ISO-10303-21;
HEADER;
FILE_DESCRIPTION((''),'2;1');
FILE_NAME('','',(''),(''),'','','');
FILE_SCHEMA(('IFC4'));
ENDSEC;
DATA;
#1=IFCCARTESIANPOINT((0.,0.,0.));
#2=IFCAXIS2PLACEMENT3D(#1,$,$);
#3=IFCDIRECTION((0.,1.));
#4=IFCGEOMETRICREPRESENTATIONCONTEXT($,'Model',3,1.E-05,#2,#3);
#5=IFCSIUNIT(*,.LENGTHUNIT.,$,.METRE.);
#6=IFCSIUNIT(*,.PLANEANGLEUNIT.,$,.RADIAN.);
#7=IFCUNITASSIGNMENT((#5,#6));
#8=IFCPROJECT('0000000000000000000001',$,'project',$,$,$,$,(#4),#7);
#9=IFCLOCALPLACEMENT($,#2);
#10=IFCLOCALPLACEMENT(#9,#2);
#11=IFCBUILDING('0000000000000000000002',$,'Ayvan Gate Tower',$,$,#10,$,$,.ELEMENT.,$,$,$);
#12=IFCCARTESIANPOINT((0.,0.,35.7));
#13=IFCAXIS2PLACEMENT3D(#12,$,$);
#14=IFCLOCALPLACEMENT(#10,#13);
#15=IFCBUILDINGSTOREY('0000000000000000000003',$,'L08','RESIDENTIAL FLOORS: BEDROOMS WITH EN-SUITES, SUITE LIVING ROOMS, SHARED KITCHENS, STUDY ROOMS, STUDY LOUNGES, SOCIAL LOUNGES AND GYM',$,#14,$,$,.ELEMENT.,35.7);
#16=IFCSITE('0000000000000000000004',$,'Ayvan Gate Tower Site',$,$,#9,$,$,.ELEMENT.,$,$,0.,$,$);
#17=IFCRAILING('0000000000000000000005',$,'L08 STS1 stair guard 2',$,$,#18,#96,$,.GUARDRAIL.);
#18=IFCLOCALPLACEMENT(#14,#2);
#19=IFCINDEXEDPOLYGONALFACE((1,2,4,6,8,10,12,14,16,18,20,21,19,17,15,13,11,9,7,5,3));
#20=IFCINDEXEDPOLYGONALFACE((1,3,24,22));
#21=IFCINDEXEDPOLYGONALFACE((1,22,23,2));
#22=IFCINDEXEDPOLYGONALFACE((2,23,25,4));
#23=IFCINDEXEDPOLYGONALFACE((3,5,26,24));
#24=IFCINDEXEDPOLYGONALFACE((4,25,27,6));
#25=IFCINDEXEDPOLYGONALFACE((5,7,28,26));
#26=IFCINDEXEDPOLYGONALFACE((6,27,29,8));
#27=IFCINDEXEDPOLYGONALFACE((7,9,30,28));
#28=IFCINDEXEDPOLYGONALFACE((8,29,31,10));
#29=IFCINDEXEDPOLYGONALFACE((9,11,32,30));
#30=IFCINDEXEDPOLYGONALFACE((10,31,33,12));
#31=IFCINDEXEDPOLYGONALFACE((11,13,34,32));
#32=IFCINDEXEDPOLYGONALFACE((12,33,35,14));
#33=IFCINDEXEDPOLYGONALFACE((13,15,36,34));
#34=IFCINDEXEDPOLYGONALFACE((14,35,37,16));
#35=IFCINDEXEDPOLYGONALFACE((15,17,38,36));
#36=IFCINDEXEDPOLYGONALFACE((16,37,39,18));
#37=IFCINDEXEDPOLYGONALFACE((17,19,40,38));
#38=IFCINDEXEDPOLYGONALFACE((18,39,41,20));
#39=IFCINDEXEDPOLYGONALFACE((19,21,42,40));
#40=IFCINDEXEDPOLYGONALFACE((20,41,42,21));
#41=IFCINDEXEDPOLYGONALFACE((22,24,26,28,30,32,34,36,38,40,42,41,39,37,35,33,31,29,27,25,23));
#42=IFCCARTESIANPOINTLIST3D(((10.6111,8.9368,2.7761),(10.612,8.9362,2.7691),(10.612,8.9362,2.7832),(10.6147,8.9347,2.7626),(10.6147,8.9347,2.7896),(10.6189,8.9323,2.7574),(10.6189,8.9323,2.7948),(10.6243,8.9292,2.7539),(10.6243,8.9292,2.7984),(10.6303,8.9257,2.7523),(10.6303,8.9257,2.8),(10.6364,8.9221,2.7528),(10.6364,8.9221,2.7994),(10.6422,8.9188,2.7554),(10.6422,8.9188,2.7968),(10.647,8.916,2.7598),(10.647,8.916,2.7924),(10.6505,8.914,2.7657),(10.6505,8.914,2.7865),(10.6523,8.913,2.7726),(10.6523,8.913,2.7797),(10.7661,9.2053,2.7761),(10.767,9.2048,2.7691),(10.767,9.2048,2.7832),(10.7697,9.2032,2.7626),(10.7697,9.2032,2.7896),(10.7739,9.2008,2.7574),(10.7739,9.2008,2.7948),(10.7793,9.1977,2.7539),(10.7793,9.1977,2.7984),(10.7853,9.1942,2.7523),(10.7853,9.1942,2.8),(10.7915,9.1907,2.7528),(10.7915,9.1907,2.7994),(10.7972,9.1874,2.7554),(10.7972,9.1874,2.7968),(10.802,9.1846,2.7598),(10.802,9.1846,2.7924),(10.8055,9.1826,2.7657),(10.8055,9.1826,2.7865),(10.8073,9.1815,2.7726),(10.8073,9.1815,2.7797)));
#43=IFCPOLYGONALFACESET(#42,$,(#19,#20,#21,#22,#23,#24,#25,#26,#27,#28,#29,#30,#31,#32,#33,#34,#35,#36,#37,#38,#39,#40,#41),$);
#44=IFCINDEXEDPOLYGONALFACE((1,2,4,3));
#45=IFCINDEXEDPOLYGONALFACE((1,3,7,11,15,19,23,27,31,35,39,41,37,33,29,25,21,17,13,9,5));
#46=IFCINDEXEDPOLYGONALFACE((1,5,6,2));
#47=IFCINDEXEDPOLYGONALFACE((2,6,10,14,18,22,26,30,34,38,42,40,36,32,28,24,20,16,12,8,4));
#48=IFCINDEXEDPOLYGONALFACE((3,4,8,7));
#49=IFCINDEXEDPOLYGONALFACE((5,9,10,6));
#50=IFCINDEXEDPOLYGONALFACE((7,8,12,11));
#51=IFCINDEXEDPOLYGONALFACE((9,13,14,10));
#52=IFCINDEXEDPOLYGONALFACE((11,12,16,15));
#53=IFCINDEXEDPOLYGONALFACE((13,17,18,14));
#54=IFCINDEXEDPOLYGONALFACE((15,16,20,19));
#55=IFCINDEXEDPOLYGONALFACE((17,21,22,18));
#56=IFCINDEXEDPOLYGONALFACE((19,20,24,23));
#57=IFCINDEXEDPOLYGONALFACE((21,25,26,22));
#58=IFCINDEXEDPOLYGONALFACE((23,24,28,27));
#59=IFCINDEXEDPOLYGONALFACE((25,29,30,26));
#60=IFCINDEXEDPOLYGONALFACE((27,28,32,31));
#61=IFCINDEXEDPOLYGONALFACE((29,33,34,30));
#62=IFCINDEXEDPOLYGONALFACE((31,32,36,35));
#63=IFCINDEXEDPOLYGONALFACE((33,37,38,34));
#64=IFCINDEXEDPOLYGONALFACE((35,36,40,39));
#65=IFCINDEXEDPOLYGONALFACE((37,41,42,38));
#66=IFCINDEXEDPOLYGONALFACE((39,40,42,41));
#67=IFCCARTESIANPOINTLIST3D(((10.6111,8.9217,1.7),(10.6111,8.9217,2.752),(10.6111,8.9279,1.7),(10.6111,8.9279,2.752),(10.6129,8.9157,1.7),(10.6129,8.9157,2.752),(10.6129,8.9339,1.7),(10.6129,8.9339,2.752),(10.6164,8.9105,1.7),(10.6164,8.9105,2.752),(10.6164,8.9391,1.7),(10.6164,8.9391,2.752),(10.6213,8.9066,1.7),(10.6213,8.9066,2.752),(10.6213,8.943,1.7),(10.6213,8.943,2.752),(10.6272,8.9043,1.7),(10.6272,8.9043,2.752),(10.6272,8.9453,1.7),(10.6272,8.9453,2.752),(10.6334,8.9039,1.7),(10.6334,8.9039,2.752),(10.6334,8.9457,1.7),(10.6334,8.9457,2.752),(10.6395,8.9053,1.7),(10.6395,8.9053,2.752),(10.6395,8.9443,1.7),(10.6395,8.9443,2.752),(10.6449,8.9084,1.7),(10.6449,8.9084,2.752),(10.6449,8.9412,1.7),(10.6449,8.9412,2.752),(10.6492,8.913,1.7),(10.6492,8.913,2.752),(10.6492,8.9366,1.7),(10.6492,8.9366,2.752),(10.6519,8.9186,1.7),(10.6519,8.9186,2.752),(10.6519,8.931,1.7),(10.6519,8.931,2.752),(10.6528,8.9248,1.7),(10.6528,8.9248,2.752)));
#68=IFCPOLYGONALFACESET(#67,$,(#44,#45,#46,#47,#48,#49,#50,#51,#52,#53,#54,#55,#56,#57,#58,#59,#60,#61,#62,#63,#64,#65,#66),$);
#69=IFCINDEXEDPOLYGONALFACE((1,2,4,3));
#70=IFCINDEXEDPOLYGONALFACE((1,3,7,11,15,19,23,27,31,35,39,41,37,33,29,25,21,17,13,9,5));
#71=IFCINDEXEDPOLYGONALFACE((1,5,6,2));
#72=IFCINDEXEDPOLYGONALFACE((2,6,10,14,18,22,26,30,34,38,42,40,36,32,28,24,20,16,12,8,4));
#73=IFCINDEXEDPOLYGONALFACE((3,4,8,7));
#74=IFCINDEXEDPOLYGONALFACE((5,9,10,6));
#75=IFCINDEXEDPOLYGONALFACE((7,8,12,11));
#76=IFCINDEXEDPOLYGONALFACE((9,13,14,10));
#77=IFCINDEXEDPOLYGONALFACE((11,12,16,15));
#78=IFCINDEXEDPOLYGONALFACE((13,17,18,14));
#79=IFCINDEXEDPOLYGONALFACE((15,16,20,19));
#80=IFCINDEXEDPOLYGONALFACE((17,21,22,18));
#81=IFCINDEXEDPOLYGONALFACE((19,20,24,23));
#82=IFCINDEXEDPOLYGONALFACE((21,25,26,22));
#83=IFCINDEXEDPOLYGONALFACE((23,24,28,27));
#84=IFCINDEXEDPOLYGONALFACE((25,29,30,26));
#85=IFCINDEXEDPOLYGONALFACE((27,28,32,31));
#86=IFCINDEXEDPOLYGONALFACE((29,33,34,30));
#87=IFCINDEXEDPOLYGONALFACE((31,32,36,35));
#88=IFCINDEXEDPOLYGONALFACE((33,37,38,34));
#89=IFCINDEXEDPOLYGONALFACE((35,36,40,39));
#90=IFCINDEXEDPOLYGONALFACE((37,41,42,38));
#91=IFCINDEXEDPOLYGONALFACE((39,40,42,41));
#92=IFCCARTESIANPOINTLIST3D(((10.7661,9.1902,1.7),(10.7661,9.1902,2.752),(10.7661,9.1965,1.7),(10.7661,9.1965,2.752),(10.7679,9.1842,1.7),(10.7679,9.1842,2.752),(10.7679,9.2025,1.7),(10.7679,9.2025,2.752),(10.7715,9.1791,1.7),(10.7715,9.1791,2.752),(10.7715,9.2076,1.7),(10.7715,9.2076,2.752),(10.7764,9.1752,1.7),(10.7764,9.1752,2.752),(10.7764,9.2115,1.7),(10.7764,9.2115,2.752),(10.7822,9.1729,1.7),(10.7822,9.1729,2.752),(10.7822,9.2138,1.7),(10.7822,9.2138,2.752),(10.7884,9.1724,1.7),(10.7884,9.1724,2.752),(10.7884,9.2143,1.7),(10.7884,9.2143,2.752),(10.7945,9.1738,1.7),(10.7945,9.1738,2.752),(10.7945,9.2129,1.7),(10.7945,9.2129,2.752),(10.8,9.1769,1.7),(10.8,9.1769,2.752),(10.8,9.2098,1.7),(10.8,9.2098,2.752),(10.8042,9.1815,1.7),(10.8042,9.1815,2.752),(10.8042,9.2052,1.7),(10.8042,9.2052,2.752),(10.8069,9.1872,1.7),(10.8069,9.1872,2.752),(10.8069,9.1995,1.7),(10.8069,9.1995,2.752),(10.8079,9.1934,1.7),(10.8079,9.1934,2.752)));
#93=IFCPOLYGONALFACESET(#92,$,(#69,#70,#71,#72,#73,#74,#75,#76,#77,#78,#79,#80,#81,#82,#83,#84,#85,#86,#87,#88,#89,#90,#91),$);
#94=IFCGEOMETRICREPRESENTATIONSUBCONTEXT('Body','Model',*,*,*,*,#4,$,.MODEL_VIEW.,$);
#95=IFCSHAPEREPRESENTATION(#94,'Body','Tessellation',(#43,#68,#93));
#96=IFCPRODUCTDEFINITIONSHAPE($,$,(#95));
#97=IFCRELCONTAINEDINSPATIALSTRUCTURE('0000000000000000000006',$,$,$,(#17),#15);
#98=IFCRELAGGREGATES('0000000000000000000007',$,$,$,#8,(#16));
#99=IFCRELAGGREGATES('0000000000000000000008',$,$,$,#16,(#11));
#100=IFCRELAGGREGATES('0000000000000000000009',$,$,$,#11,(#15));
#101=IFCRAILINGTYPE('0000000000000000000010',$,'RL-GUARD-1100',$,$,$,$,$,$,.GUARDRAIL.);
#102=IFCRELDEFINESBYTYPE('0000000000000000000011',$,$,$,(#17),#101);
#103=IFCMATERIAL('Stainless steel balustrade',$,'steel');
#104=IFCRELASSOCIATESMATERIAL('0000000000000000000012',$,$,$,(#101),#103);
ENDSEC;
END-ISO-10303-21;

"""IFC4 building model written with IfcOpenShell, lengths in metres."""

from ifc_helpers import new_model, si_unit, direction, frame, origin, origin_2d, place, context, subcontext, project, spatial, circle, extrude, material, type_object, element, save


model = new_model("IFC4")

# Units and contexts
model_context = context("Model", 3, precision=1e-05, world=origin(), true_north=direction((0.0, 1.0)))
body_context = subcontext(model_context, "Body", "Model", "MODEL_VIEW")
ifc_project = project(units=[si_unit("LENGTHUNIT", "METRE"), si_unit("PLANEANGLEUNIT", "RADIAN")], contexts=[model_context])

# Site, building, storey
site_placement = place(None, origin())
site = spatial("IfcSite", under=ifc_project, at=site_placement, Name="Ayvan Gate Tower Site", CompositionType="ELEMENT", RefElevation=0.0)
building_placement = place(site_placement, origin())
building = spatial("IfcBuilding", under=site, at=building_placement, Name="Ayvan Gate Tower", CompositionType="ELEMENT")
storey_placement = place(building_placement, frame((0.0, 0.0, 35.7)))
storey = spatial("IfcBuildingStorey", under=building, at=storey_placement, Name="L08", Description="RESIDENTIAL FLOORS: BEDROOMS WITH EN-SUITES, SUITE LIVING ROOMS, SHARED KITCHENS, STUDY ROOMS, STUDY LOUNGES, SOCIAL LOUNGES AND GYM", CompositionType="ELEMENT", Elevation=35.7)

# Railing
ifc_material_1 = material(Name="Stainless steel balustrade", Category="steel")
railing_type_1 = type_object("IfcRailingType", Name="RL-GUARD-1100", PredefinedType="GUARDRAIL", material=ifc_material_1)
railing_1_placement = place(storey_placement, frame((10.6318, 8.9248, 1.7)))
element("IfcRailing", 1, at=railing_1_placement, inside=storey, type_object=railing_type_1, Name="L08 STS1 stair guard 2", PredefinedType="GUARDRAIL", context=body_context, shape_type="SweptSolid", body=[
    extrude(circle(Radius=0.0239, at=origin_2d()), frame((0.0, 0.0, 1.0762), z_axis=(0.49995, 0.866054, 0.0), x_axis=(-0.866054, 0.49995, 0.0)), (0.0, 0.0, 1.0), 0.3101),
    extrude(circle(Radius=0.021, at=origin_2d()), origin(), (0.0, 0.0, 1.0), 1.052),
    extrude(circle(Radius=0.021, at=origin_2d()), frame((0.155, 0.2686, 0.0)), (0.0, 0.0, 1.0), 1.052),
])

save(model, "model.ifc")
